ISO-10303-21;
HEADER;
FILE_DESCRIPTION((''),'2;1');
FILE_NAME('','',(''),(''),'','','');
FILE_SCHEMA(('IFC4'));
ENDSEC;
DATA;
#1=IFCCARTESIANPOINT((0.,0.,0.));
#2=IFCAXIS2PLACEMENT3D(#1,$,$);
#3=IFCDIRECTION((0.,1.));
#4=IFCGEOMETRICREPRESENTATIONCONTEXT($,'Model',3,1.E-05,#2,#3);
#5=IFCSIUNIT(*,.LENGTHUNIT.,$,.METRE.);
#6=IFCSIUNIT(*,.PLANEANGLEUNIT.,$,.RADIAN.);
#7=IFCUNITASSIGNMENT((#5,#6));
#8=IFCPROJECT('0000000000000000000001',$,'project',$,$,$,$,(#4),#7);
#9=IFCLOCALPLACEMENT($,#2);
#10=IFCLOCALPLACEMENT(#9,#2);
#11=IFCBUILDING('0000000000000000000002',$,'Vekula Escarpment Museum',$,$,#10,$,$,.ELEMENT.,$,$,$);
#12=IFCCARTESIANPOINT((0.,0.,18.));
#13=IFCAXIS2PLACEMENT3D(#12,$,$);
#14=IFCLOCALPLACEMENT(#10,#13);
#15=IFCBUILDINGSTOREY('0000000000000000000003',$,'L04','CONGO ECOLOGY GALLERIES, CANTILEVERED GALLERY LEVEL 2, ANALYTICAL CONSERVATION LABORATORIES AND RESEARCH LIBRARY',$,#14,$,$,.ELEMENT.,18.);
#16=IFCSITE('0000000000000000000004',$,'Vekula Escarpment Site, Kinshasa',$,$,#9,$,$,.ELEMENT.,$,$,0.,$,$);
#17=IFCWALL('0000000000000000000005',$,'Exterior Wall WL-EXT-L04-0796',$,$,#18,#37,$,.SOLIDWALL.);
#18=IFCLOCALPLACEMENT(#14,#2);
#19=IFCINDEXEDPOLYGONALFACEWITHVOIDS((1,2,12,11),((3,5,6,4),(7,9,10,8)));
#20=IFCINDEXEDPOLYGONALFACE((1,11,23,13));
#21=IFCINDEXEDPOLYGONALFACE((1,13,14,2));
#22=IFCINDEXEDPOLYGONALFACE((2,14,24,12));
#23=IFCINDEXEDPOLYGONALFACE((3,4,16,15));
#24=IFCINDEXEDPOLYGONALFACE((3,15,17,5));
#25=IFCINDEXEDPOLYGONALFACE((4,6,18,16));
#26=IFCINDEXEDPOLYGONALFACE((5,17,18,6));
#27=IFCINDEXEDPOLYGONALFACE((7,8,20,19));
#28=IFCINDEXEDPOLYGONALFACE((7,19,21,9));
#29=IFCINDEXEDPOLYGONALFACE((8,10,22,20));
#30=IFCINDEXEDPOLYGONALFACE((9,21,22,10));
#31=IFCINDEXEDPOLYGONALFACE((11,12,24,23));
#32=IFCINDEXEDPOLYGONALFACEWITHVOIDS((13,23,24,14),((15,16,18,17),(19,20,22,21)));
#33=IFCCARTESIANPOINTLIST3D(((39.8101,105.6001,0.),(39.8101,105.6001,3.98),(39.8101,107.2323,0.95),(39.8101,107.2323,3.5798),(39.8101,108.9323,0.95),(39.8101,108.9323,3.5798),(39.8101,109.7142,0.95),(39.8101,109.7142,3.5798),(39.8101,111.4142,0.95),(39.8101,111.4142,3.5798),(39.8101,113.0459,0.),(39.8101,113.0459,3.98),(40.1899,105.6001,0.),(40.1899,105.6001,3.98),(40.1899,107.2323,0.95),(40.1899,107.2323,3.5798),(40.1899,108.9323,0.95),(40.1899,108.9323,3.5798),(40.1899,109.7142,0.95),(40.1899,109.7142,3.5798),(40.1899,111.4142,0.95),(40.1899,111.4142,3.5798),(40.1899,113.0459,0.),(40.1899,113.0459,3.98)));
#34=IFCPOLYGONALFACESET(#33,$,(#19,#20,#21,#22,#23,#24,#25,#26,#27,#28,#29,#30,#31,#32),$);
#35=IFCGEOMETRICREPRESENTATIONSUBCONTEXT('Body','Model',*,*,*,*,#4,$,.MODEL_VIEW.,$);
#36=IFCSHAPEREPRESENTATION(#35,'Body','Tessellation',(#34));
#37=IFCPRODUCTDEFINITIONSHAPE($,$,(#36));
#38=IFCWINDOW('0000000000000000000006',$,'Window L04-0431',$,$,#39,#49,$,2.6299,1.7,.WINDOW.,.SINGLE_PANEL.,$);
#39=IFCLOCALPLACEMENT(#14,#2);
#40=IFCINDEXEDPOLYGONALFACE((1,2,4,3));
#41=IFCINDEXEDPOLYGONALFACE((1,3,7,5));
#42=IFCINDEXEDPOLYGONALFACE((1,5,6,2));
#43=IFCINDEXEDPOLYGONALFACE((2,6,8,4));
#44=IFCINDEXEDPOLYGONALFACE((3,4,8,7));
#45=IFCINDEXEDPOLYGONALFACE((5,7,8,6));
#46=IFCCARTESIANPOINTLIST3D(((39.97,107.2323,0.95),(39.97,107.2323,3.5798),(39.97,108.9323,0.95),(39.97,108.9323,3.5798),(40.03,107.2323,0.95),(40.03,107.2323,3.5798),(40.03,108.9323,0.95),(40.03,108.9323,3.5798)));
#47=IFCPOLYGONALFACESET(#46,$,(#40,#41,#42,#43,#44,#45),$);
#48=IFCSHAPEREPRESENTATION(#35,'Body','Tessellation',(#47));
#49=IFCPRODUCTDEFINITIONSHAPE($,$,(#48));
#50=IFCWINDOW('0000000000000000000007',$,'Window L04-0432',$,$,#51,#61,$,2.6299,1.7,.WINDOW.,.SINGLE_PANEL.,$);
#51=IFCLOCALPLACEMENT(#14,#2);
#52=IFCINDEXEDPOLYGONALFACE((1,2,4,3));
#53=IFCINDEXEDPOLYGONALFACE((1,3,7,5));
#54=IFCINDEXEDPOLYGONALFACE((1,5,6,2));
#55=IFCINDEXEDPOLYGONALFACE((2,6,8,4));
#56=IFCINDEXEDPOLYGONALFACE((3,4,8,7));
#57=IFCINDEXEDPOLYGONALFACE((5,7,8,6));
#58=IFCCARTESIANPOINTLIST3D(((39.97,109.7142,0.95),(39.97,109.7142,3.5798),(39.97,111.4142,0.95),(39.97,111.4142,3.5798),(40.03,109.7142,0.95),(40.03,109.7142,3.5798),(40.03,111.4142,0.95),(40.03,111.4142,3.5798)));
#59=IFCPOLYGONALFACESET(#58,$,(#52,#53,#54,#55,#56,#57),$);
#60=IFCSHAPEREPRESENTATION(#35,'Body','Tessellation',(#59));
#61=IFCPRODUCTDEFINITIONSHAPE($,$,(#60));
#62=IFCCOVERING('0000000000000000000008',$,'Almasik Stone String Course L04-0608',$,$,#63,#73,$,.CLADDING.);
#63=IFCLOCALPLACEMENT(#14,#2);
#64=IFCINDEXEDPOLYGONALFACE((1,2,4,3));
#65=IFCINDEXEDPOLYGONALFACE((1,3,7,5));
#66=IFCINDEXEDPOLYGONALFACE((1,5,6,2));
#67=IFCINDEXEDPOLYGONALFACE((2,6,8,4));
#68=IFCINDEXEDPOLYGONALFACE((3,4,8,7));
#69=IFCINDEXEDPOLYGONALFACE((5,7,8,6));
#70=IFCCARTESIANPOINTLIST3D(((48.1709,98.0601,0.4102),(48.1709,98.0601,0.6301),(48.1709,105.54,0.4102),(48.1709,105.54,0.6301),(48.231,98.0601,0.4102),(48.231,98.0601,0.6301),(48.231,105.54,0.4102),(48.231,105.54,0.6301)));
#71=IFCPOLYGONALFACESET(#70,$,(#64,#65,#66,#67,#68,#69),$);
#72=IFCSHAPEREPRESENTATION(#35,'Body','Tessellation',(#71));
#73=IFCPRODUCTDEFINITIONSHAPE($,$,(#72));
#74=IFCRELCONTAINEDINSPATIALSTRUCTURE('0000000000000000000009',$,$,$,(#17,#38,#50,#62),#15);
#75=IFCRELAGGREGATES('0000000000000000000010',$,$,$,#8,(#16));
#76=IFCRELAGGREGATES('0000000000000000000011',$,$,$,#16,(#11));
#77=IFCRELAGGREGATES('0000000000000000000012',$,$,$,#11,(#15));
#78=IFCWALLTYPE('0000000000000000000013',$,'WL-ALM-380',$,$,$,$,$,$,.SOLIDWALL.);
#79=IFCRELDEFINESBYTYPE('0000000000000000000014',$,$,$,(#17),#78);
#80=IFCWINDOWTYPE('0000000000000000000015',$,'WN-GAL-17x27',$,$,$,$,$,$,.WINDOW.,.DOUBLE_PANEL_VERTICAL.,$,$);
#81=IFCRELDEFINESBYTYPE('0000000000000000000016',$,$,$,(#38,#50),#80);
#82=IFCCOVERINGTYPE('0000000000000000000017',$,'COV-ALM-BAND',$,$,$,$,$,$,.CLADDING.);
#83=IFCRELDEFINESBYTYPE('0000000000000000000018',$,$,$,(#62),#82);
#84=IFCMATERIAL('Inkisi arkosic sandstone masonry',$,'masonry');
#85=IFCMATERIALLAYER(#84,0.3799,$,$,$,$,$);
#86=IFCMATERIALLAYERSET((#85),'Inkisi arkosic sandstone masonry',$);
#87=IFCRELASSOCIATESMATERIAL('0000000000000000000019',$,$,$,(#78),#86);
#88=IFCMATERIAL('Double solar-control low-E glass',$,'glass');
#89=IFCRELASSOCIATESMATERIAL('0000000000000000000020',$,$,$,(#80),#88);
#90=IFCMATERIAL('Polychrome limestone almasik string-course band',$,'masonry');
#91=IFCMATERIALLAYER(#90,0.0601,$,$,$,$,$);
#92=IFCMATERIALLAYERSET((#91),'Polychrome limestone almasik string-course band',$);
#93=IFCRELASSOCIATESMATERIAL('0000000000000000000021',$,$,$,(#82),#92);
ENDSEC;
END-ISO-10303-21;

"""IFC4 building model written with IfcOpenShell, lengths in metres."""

from ifc_helpers import new_model, si_unit, direction, frame, frame_2d, origin, origin_2d, place, context, subcontext, project, spatial, rectangle, extrude, material, layer, layer_set, type_object, element, fill, save


model = new_model("IFC4")

# Units and contexts
model_context = context("Model", 3, precision=1e-05, world=origin(), true_north=direction((0.0, 1.0)))
body_context = subcontext(model_context, "Body", "Model", "MODEL_VIEW")
ifc_project = project(units=[si_unit("LENGTHUNIT", "METRE"), si_unit("PLANEANGLEUNIT", "RADIAN")], contexts=[model_context])

# Site, building, storey
site_placement = place(None, origin())
site = spatial("IfcSite", under=ifc_project, at=site_placement, Name="Vekula Escarpment Site, Kinshasa", CompositionType="ELEMENT", RefElevation=0.0)
building_placement = place(site_placement, origin())
building = spatial("IfcBuilding", under=site, at=building_placement, Name="Vekula Escarpment Museum", CompositionType="ELEMENT")
storey_placement = place(building_placement, frame((0.0, 0.0, 18.0)))
storey = spatial("IfcBuildingStorey", under=building, at=storey_placement, Name="L04", Description="CONGO ECOLOGY GALLERIES, CANTILEVERED GALLERY LEVEL 2, ANALYTICAL CONSERVATION LABORATORIES AND RESEARCH LIBRARY", CompositionType="ELEMENT", Elevation=18.0)

# Wall, openings, windows
ifc_material_1 = material(Name="Inkisi arkosic sandstone masonry", Category="masonry")
ifc_layer_1 = layer(ifc_material_1, 0.3799)
ifc_layer_set_1 = layer_set([ifc_layer_1], Name="Inkisi arkosic sandstone masonry")
wall_type_1 = type_object("IfcWallType", Name="WL-ALM-380", PredefinedType="SOLIDWALL", material=ifc_layer_set_1)
wall_1_placement = place(storey_placement, frame((40.0, 105.6001, 0.0), z_axis=(0.0, 0.0, 1.0), x_axis=(0.0, 1.0, 0.0)))
wall_1 = element("IfcWall", 1, at=wall_1_placement, inside=storey, type_object=wall_type_1, Name="Exterior Wall WL-EXT-L04-0796", PredefinedType="SOLIDWALL", context=body_context, shape_type="SweptSolid", body=[
    extrude(rectangle(XDim=7.4458, YDim=0.3799, at=frame_2d((3.7229, 0.0))), origin(), (0.0, 0.0, 1.0), 3.98),
])
opening_1_placement = place(wall_1_placement, frame((1.6321, 0.0, 0.95)))
opening_1 = element("IfcOpeningElement", 2, at=opening_1_placement, cuts=wall_1, PredefinedType="OPENING", context=body_context, shape_type="SweptSolid", body=[
    extrude(rectangle(XDim=1.7, YDim=2.6299, at=frame_2d((0.8501, 1.3149))), frame((0.0, 0.2, 0.0), z_axis=(0.0, -1.0, 0.0), x_axis=(1.0, 0.0, 0.0)), (0.0, 0.0, 1.0), 0.3999),
])
opening_2_placement = place(wall_1_placement, frame((4.114, 0.0, 0.95)))
opening_2 = element("IfcOpeningElement", 3, at=opening_2_placement, cuts=wall_1, PredefinedType="OPENING", context=body_context, shape_type="SweptSolid", body=[
    extrude(rectangle(XDim=1.7, YDim=2.6299, at=frame_2d((0.8501, 1.3149))), frame((0.0, 0.2, 0.0), z_axis=(0.0, -1.0, 0.0), x_axis=(1.0, 0.0, 0.0)), (0.0, 0.0, 1.0), 0.3999),
])
ifc_material_2 = material(Name="Double solar-control low-E glass", Category="glass")
window_type_1 = type_object("IfcWindowType", Name="WN-GAL-17x27", PartitioningType="DOUBLE_PANEL_VERTICAL", PredefinedType="WINDOW", material=ifc_material_2)
window_1_placement = place(opening_1_placement, origin())
window_1 = element("IfcWindow", 4, at=window_1_placement, inside=storey, type_object=window_type_1, Name="Window L04-0431", OverallHeight=2.6299, OverallWidth=1.7, PartitioningType="SINGLE_PANEL", PredefinedType="WINDOW", context=body_context, shape_type="SweptSolid", body=[
    extrude(rectangle(XDim=1.7, YDim=2.6299, at=frame_2d((0.8501, 1.3149))), frame((0.0, 0.03, 0.0), z_axis=(0.0, -1.0, 0.0), x_axis=(1.0, 0.0, 0.0)), (0.0, 0.0, 1.0), 0.0601),
])
fill(opening_1, window_1)
window_2_placement = place(opening_2_placement, origin())
window_2 = element("IfcWindow", 5, at=window_2_placement, inside=storey, type_object=window_type_1, Name="Window L04-0432", OverallHeight=2.6299, OverallWidth=1.7, PartitioningType="SINGLE_PANEL", PredefinedType="WINDOW", context=body_context, shape_type="SweptSolid", body=[
    extrude(rectangle(XDim=1.7, YDim=2.6299, at=frame_2d((0.8501, 1.3149))), frame((0.0, 0.03, 0.0), z_axis=(0.0, -1.0, 0.0), x_axis=(1.0, 0.0, 0.0)), (0.0, 0.0, 1.0), 0.0601),
])
fill(opening_2, window_2)

# Covering
ifc_material_3 = material(Name="Polychrome limestone almasik string-course band", Category="masonry")
ifc_layer_2 = layer(ifc_material_3, 0.0601)
ifc_layer_set_2 = layer_set([ifc_layer_2], Name="Polychrome limestone almasik string-course band")
covering_type = type_object("IfcCoveringType", Name="COV-ALM-BAND", PredefinedType="CLADDING", material=ifc_layer_set_2)
covering_placement = place(storey_placement, frame((48.2009, 101.8, 0.4102), z_axis=(0.0, 0.0, 1.0), x_axis=(0.0, 1.0, 0.0)))
element("IfcCovering", 6, at=covering_placement, inside=storey, type_object=covering_type, Name="Almasik Stone String Course L04-0608", PredefinedType="CLADDING", context=body_context, shape_type="SweptSolid", body=[
    extrude(rectangle(XDim=7.48, YDim=0.0601, at=origin_2d()), origin(), (0.0, 0.0, 1.0), 0.22),
])

save(model, "model.ifc")
